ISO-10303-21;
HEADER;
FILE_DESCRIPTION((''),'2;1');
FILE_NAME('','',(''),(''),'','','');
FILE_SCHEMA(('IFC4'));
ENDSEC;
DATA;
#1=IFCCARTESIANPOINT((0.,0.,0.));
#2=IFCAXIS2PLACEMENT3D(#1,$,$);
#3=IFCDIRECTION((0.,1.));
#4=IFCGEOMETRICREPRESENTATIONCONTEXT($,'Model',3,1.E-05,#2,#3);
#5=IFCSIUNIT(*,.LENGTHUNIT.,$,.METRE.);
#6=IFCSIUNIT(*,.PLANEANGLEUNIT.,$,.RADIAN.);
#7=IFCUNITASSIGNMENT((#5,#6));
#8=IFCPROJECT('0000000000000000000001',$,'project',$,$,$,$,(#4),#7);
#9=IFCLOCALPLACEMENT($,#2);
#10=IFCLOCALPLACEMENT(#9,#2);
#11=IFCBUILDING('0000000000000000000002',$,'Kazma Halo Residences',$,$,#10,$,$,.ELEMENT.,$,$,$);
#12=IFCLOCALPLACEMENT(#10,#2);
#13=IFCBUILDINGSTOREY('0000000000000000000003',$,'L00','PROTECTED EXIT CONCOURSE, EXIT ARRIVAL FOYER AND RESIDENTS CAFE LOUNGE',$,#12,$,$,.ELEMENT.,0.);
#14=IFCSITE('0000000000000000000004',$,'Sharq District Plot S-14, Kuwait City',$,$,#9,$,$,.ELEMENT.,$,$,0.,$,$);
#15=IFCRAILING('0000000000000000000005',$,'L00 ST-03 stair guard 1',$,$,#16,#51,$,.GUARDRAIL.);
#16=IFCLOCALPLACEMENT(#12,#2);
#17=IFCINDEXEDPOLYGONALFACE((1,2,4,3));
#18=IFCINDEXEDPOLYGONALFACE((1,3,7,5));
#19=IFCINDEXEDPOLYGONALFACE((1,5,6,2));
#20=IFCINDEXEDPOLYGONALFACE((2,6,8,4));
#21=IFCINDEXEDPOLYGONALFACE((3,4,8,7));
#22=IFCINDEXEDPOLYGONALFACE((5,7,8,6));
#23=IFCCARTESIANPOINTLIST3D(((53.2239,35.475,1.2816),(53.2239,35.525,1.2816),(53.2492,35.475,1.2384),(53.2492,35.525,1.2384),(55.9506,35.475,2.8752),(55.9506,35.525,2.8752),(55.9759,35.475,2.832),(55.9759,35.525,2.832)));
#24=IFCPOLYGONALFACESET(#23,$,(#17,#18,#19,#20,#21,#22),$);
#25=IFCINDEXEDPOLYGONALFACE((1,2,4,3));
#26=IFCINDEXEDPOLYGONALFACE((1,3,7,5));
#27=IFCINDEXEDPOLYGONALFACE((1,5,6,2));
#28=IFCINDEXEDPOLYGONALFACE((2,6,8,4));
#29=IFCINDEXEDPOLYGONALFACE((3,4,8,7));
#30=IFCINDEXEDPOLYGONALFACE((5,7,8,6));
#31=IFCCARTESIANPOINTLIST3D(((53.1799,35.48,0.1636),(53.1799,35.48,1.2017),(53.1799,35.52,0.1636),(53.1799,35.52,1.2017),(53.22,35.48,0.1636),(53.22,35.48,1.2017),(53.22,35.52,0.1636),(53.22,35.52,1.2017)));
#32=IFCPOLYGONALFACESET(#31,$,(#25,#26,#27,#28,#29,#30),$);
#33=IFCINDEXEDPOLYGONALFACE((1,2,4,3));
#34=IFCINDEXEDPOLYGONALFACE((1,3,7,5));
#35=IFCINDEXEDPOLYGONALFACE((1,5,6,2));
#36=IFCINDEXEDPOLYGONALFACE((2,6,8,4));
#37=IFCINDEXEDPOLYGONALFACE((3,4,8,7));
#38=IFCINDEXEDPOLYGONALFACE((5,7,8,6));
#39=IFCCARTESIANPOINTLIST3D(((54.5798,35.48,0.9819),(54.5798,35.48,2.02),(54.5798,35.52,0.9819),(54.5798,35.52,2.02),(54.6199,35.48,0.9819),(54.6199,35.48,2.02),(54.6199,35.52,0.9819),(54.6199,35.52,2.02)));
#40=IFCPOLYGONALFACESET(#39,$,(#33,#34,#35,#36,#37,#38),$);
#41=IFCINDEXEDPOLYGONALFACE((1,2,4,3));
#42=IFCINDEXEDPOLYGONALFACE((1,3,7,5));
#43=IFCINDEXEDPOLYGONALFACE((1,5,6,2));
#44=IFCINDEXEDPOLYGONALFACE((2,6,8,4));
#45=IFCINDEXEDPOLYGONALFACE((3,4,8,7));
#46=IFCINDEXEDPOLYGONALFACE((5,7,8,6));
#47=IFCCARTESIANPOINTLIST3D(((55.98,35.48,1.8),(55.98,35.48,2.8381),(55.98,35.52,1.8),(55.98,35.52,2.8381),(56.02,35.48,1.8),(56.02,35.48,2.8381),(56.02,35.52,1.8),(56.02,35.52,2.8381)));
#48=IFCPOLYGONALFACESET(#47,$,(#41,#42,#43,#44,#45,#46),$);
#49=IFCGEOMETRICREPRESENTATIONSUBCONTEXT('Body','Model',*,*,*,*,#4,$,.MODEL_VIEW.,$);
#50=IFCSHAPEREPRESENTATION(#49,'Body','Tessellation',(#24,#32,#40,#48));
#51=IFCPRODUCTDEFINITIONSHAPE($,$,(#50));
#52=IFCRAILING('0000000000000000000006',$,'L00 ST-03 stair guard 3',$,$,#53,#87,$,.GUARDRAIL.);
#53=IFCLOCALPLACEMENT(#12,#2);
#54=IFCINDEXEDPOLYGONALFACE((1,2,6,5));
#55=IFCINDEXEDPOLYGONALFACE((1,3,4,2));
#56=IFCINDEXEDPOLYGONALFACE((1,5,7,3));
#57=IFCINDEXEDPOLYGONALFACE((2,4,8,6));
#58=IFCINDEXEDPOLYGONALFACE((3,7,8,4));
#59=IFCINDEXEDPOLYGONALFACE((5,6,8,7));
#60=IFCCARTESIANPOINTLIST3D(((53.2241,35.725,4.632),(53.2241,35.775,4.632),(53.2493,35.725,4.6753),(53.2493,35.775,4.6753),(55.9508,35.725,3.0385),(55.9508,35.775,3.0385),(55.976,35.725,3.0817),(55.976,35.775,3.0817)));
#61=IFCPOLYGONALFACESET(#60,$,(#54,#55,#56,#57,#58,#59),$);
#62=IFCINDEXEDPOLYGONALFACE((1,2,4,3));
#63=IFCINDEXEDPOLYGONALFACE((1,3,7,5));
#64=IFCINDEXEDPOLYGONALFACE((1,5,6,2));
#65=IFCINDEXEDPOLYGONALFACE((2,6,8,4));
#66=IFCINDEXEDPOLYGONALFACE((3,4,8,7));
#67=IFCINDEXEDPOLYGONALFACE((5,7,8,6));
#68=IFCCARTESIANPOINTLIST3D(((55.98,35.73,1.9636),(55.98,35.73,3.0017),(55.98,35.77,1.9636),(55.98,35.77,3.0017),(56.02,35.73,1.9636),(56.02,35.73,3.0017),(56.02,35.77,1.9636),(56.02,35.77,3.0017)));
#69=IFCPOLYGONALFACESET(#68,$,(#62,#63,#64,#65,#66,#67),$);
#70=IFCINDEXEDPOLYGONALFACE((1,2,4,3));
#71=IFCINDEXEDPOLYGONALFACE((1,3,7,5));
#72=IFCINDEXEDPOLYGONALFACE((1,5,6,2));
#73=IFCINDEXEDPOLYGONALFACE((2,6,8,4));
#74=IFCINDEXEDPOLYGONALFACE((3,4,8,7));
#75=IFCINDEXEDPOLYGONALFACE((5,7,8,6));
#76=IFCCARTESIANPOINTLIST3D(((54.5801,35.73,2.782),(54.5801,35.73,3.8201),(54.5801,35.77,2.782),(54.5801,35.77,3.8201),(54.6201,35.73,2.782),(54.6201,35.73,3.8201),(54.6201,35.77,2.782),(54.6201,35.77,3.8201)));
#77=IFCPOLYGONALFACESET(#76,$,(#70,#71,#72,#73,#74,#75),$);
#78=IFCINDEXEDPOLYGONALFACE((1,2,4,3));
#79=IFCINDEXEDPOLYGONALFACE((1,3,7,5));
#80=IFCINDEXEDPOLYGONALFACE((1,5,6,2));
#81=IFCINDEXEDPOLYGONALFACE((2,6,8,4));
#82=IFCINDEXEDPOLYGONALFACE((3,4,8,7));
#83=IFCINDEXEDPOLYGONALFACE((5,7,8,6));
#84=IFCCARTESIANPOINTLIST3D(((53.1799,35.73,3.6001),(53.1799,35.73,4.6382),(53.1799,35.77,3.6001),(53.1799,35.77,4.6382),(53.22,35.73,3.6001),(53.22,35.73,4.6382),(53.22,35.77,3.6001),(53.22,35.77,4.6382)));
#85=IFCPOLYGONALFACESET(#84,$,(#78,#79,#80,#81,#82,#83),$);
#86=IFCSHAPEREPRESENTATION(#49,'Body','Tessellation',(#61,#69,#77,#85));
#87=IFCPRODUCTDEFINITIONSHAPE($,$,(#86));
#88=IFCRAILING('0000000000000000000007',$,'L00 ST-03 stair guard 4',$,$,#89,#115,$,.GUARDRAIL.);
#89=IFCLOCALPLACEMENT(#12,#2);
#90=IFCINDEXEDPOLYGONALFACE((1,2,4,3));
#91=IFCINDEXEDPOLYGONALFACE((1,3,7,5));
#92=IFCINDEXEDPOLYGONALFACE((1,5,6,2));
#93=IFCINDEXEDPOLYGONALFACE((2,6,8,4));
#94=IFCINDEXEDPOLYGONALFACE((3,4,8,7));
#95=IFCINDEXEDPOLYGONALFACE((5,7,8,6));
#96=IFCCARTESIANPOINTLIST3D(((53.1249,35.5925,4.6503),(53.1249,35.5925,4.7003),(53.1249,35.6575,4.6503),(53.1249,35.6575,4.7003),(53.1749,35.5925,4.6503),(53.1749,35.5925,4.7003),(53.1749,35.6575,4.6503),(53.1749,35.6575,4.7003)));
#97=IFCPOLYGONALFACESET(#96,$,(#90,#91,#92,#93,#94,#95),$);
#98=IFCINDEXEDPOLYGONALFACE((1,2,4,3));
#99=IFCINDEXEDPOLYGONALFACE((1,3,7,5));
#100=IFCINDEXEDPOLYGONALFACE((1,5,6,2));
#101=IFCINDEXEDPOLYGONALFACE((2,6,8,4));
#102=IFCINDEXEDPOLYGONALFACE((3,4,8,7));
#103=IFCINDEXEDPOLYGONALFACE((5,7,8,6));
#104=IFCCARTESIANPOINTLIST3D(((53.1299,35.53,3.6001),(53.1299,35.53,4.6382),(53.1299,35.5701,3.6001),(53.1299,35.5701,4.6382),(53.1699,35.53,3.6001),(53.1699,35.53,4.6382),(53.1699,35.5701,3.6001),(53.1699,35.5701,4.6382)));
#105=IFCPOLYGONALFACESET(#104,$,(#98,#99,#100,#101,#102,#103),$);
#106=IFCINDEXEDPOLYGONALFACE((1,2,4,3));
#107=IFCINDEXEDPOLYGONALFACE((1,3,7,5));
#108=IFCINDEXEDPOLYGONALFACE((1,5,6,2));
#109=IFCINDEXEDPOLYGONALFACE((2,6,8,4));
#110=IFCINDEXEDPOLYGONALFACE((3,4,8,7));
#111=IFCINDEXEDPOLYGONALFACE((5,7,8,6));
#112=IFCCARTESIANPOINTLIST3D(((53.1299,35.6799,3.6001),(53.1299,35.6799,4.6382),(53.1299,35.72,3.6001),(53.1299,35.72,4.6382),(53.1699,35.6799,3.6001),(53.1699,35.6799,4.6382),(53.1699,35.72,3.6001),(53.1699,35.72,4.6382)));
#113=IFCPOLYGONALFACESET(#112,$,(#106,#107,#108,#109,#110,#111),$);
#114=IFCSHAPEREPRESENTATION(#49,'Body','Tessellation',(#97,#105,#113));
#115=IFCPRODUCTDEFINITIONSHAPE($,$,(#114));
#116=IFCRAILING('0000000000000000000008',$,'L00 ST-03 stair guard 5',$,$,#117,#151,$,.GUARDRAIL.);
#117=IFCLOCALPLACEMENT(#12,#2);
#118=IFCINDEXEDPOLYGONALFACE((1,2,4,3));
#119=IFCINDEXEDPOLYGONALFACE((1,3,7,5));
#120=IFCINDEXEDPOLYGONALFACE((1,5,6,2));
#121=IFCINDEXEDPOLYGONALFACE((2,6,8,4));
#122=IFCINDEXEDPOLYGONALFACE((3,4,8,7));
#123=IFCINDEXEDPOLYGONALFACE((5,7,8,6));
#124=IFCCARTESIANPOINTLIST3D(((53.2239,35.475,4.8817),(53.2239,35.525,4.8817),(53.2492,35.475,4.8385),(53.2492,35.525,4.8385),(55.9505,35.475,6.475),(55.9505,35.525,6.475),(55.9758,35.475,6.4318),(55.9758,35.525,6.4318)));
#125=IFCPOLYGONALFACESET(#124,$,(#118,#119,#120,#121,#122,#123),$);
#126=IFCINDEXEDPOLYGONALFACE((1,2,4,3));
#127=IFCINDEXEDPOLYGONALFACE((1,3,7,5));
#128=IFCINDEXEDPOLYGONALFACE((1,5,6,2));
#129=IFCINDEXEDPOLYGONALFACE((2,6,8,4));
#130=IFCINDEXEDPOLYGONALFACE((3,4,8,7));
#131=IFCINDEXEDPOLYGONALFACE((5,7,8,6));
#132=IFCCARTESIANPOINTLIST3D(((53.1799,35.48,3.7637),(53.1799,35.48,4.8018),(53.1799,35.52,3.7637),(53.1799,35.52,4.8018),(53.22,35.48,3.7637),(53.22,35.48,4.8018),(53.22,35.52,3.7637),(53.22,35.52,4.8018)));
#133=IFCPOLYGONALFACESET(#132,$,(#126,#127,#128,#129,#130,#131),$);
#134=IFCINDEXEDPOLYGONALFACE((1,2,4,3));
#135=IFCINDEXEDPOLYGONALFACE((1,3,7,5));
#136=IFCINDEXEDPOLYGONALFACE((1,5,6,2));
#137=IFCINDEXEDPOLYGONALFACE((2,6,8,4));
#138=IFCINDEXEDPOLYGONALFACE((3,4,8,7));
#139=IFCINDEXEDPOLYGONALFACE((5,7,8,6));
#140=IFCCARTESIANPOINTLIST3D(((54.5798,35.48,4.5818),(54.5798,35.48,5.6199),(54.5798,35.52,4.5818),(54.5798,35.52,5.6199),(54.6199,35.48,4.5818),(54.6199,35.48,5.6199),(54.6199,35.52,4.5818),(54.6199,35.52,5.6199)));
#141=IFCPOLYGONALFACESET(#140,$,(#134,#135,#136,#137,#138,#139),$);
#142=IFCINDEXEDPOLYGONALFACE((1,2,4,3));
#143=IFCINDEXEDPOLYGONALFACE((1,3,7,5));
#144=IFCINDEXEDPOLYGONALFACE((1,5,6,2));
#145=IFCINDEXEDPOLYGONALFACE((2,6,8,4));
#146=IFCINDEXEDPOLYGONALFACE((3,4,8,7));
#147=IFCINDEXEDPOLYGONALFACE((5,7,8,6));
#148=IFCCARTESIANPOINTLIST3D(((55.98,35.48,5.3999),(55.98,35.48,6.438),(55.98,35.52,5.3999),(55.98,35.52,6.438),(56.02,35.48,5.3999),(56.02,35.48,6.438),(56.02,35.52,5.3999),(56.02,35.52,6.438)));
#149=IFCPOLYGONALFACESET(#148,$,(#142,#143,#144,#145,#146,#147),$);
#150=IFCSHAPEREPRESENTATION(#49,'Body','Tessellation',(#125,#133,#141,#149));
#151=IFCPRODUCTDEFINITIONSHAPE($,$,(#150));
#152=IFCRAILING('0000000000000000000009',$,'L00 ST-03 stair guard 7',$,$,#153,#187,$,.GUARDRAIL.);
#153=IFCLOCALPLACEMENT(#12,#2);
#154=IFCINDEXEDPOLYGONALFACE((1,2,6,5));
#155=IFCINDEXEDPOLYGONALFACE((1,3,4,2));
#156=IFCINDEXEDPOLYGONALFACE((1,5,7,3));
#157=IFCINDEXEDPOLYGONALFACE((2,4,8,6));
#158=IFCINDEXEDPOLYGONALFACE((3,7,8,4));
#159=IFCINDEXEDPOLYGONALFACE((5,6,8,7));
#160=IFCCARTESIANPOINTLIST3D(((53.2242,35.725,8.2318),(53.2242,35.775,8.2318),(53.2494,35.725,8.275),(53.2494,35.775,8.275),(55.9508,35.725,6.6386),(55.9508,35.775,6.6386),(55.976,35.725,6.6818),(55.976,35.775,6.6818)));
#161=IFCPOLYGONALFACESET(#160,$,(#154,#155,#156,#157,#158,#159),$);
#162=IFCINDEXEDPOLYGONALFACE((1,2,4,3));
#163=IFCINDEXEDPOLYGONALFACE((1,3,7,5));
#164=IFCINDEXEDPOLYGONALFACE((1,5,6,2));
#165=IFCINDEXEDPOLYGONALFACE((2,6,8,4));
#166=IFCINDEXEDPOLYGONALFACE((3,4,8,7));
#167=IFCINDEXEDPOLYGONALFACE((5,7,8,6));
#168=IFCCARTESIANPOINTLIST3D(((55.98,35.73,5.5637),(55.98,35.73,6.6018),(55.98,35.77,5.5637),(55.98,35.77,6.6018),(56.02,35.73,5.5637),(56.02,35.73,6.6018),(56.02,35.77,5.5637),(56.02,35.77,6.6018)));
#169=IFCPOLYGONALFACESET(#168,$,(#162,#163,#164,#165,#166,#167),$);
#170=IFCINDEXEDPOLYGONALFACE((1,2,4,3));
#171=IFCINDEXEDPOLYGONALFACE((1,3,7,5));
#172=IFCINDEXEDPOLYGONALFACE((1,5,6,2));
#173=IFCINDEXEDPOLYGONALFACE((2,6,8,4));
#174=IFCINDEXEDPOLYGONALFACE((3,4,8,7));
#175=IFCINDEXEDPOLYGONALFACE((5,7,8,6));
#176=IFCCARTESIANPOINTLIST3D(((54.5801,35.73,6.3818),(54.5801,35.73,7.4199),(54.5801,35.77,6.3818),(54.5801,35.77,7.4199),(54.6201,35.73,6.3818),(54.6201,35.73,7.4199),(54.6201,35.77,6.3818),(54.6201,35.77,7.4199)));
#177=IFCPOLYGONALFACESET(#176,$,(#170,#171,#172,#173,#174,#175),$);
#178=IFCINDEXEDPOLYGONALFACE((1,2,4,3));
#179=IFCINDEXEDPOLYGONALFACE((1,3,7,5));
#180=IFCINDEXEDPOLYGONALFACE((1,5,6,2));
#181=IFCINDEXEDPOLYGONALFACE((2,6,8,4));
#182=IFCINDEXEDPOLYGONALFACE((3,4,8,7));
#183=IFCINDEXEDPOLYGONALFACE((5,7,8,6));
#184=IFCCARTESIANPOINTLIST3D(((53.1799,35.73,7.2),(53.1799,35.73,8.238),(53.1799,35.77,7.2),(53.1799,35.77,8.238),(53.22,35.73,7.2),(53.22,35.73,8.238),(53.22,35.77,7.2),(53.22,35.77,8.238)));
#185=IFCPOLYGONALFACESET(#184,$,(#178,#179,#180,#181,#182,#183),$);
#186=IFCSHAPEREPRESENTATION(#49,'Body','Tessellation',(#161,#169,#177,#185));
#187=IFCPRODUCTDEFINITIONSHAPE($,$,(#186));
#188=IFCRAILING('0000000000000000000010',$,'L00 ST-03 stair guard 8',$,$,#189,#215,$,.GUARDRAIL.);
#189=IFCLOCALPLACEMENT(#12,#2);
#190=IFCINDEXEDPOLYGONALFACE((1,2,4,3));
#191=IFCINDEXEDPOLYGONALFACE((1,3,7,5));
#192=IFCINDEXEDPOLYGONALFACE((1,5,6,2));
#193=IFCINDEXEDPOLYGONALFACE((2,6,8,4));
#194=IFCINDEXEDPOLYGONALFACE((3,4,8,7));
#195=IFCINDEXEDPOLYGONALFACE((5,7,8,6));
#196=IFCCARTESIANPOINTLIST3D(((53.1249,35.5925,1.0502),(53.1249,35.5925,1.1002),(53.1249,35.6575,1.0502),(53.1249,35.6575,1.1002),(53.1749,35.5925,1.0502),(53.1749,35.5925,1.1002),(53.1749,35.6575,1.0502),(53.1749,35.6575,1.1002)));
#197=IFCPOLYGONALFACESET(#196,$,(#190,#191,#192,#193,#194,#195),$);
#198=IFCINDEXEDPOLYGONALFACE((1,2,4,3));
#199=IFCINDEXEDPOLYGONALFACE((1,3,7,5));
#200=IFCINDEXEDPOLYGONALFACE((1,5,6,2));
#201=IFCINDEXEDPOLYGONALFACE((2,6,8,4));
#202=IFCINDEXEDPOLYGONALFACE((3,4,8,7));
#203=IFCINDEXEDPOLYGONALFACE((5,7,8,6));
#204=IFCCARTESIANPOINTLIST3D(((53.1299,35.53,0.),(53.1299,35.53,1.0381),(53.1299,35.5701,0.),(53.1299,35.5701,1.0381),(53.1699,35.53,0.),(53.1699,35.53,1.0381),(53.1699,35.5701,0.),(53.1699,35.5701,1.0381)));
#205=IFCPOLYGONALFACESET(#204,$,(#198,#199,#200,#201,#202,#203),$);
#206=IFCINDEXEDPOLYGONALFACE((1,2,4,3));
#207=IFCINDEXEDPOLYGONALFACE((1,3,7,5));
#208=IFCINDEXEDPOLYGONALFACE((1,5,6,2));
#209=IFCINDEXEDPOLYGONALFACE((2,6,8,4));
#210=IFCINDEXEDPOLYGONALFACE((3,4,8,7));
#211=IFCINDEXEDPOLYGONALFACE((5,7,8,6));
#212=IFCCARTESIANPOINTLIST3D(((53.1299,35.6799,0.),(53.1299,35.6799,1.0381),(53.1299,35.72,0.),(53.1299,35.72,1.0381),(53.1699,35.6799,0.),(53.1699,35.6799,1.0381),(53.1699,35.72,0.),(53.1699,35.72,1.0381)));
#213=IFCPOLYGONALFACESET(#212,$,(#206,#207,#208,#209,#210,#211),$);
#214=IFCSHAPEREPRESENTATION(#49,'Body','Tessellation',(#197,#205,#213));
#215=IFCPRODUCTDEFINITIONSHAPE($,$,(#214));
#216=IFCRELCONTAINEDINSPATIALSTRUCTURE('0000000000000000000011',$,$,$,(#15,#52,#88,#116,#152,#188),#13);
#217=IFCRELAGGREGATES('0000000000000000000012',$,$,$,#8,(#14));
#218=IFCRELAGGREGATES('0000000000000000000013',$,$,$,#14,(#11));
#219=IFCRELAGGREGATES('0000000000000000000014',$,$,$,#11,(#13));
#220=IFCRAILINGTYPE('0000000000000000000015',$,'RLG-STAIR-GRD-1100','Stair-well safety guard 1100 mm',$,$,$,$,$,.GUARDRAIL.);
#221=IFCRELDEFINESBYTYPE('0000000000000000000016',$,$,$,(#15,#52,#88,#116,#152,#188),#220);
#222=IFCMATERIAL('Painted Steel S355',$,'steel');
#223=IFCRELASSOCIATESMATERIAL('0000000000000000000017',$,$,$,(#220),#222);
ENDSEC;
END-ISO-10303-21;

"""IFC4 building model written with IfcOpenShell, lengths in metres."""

from ifc_helpers import new_model, si_unit, direction, frame, origin, origin_2d, place, context, subcontext, project, spatial, rectangle, extrude, material, type_object, element, save


model = new_model("IFC4")

# Units and contexts
model_context = context("Model", 3, precision=1e-05, world=origin(), true_north=direction((0.0, 1.0)))
body_context = subcontext(model_context, "Body", "Model", "MODEL_VIEW")
ifc_project = project(units=[si_unit("LENGTHUNIT", "METRE"), si_unit("PLANEANGLEUNIT", "RADIAN")], contexts=[model_context])

# Site, building, storey
site_placement = place(None, origin())
site = spatial("IfcSite", under=ifc_project, at=site_placement, Name="Sharq District Plot S-14, Kuwait City", CompositionType="ELEMENT", RefElevation=0.0)
building_placement = place(site_placement, origin())
building = spatial("IfcBuilding", under=site, at=building_placement, Name="Kazma Halo Residences", CompositionType="ELEMENT")
storey_placement = place(building_placement, origin())
storey = spatial("IfcBuildingStorey", under=building, at=storey_placement, Name="L00", Description="PROTECTED EXIT CONCOURSE, EXIT ARRIVAL FOYER AND RESIDENTS CAFE LOUNGE", CompositionType="ELEMENT", Elevation=0.0)

# Railings
ifc_material_1 = material(Name="Painted Steel S355", Category="steel")
railing_type_1 = type_object("IfcRailingType", Name="RLG-STAIR-GRD-1100", Description="Stair-well safety guard 1100 mm", PredefinedType="GUARDRAIL", material=ifc_material_1)
railing_1_placement = place(storey_placement, frame((53.2, 35.5, 0.1636)))
element("IfcRailing", 1, at=railing_1_placement, inside=storey, type_object=railing_type_1, Name="L00 ST-03 stair guard 1", PredefinedType="GUARDRAIL", context=body_context, shape_type="SweptSolid", body=[
    extrude(rectangle(XDim=0.05, YDim=0.05, at=origin_2d()), frame((0.0366, 0.0, 1.0964), z_axis=(0.863361, 0.0, 0.504587), x_axis=(0.0, 1.0, 0.0)), (0.0, 0.0, 1.0), 3.1582),
    extrude(rectangle(XDim=0.04, YDim=0.04, at=origin_2d()), origin(), (0.0, 0.0, 1.0), 1.0381),
    extrude(rectangle(XDim=0.04, YDim=0.04, at=origin_2d()), frame((1.3999, 0.0, 0.8184)), (0.0, 0.0, 1.0), 1.0381),
    extrude(rectangle(XDim=0.04, YDim=0.04, at=origin_2d()), frame((2.8, 0.0, 1.6365)), (0.0, 0.0, 1.0), 1.0381),
])
railing_2_placement = place(storey_placement, frame((56.0, 35.75, 1.9636)))
element("IfcRailing", 2, at=railing_2_placement, inside=storey, type_object=railing_type_1, Name="L00 ST-03 stair guard 3", PredefinedType="GUARDRAIL", context=body_context, shape_type="SweptSolid", body=[
    extrude(rectangle(XDim=0.05, YDim=0.05, at=origin_2d()), frame((-0.0366, 0.0, 1.0964), z_axis=(-0.863361, 0.0, 0.504587), x_axis=(0.0, -1.0, 0.0)), (0.0, 0.0, 1.0), 3.1582),
    extrude(rectangle(XDim=0.04, YDim=0.04, at=origin_2d()), origin(), (0.0, 0.0, 1.0), 1.0381),
    extrude(rectangle(XDim=0.04, YDim=0.04, at=origin_2d()), frame((-1.3999, 0.0, 0.8184)), (0.0, 0.0, 1.0), 1.0381),
    extrude(rectangle(XDim=0.04, YDim=0.04, at=origin_2d()), frame((-2.8, 0.0, 1.6365)), (0.0, 0.0, 1.0), 1.0381),
])
railing_3_placement = place(storey_placement, frame((53.1499, 35.55, 3.6001)))
element("IfcRailing", 3, at=railing_3_placement, inside=storey, type_object=railing_type_1, Name="L00 ST-03 stair guard 4", PredefinedType="GUARDRAIL", context=body_context, shape_type="SweptSolid", body=[
    extrude(rectangle(XDim=0.05, YDim=0.05, at=origin_2d()), frame((0.0, 0.0425, 1.0752), z_axis=(0.0, 1.0, 0.0), x_axis=(-1.0, 0.0, 0.0)), (0.0, 0.0, 1.0), 0.0649),
    extrude(rectangle(XDim=0.04, YDim=0.04, at=origin_2d()), origin(), (0.0, 0.0, 1.0), 1.0381),
    extrude(rectangle(XDim=0.04, YDim=0.04, at=origin_2d()), frame((0.0, 0.1499, 0.0)), (0.0, 0.0, 1.0), 1.0381),
])
railing_4_placement = place(storey_placement, frame((53.2, 35.5, 3.7637)))
element("IfcRailing", 4, at=railing_4_placement, inside=storey, type_object=railing_type_1, Name="L00 ST-03 stair guard 5", PredefinedType="GUARDRAIL", context=body_context, shape_type="SweptSolid", body=[
    extrude(rectangle(XDim=0.05, YDim=0.05, at=origin_2d()), frame((0.0366, 0.0, 1.0964), z_axis=(0.863394, 0.0, 0.504531), x_axis=(0.0, 1.0, 0.0)), (0.0, 0.0, 1.0), 3.158),
    extrude(rectangle(XDim=0.04, YDim=0.04, at=origin_2d()), origin(), (0.0, 0.0, 1.0), 1.0381),
    extrude(rectangle(XDim=0.04, YDim=0.04, at=origin_2d()), frame((1.3999, 0.0, 0.8181)), (0.0, 0.0, 1.0), 1.0381),
    extrude(rectangle(XDim=0.04, YDim=0.04, at=origin_2d()), frame((2.8, 0.0, 1.6362)), (0.0, 0.0, 1.0), 1.0381),
])
railing_5_placement = place(storey_placement, frame((56.0, 35.75, 5.5637)))
element("IfcRailing", 5, at=railing_5_placement, inside=storey, type_object=railing_type_1, Name="L00 ST-03 stair guard 7", PredefinedType="GUARDRAIL", context=body_context, shape_type="SweptSolid", body=[
    extrude(rectangle(XDim=0.05, YDim=0.05, at=origin_2d()), frame((-0.0366, 0.0, 1.0964), z_axis=(-0.863394, 0.0, 0.504531), x_axis=(0.0, -1.0, 0.0)), (0.0, 0.0, 1.0), 3.158),
    extrude(rectangle(XDim=0.04, YDim=0.04, at=origin_2d()), origin(), (0.0, 0.0, 1.0), 1.0381),
    extrude(rectangle(XDim=0.04, YDim=0.04, at=origin_2d()), frame((-1.3999, 0.0, 0.8181)), (0.0, 0.0, 1.0), 1.0381),
    extrude(rectangle(XDim=0.04, YDim=0.04, at=origin_2d()), frame((-2.8, 0.0, 1.6362)), (0.0, 0.0, 1.0), 1.0381),
])
railing_6_placement = place(storey_placement, frame((53.1499, 35.55, 0.0)))
element("IfcRailing", 6, at=railing_6_placement, inside=storey, type_object=railing_type_1, Name="L00 ST-03 stair guard 8", PredefinedType="GUARDRAIL", context=body_context, shape_type="SweptSolid", body=[
    extrude(rectangle(XDim=0.05, YDim=0.05, at=origin_2d()), frame((0.0, 0.0425, 1.0752), z_axis=(0.0, 1.0, 0.0), x_axis=(-1.0, 0.0, 0.0)), (0.0, 0.0, 1.0), 0.0649),
    extrude(rectangle(XDim=0.04, YDim=0.04, at=origin_2d()), origin(), (0.0, 0.0, 1.0), 1.0381),
    extrude(rectangle(XDim=0.04, YDim=0.04, at=origin_2d()), frame((0.0, 0.1499, 0.0)), (0.0, 0.0, 1.0), 1.0381),
])

save(model, "model.ifc")
